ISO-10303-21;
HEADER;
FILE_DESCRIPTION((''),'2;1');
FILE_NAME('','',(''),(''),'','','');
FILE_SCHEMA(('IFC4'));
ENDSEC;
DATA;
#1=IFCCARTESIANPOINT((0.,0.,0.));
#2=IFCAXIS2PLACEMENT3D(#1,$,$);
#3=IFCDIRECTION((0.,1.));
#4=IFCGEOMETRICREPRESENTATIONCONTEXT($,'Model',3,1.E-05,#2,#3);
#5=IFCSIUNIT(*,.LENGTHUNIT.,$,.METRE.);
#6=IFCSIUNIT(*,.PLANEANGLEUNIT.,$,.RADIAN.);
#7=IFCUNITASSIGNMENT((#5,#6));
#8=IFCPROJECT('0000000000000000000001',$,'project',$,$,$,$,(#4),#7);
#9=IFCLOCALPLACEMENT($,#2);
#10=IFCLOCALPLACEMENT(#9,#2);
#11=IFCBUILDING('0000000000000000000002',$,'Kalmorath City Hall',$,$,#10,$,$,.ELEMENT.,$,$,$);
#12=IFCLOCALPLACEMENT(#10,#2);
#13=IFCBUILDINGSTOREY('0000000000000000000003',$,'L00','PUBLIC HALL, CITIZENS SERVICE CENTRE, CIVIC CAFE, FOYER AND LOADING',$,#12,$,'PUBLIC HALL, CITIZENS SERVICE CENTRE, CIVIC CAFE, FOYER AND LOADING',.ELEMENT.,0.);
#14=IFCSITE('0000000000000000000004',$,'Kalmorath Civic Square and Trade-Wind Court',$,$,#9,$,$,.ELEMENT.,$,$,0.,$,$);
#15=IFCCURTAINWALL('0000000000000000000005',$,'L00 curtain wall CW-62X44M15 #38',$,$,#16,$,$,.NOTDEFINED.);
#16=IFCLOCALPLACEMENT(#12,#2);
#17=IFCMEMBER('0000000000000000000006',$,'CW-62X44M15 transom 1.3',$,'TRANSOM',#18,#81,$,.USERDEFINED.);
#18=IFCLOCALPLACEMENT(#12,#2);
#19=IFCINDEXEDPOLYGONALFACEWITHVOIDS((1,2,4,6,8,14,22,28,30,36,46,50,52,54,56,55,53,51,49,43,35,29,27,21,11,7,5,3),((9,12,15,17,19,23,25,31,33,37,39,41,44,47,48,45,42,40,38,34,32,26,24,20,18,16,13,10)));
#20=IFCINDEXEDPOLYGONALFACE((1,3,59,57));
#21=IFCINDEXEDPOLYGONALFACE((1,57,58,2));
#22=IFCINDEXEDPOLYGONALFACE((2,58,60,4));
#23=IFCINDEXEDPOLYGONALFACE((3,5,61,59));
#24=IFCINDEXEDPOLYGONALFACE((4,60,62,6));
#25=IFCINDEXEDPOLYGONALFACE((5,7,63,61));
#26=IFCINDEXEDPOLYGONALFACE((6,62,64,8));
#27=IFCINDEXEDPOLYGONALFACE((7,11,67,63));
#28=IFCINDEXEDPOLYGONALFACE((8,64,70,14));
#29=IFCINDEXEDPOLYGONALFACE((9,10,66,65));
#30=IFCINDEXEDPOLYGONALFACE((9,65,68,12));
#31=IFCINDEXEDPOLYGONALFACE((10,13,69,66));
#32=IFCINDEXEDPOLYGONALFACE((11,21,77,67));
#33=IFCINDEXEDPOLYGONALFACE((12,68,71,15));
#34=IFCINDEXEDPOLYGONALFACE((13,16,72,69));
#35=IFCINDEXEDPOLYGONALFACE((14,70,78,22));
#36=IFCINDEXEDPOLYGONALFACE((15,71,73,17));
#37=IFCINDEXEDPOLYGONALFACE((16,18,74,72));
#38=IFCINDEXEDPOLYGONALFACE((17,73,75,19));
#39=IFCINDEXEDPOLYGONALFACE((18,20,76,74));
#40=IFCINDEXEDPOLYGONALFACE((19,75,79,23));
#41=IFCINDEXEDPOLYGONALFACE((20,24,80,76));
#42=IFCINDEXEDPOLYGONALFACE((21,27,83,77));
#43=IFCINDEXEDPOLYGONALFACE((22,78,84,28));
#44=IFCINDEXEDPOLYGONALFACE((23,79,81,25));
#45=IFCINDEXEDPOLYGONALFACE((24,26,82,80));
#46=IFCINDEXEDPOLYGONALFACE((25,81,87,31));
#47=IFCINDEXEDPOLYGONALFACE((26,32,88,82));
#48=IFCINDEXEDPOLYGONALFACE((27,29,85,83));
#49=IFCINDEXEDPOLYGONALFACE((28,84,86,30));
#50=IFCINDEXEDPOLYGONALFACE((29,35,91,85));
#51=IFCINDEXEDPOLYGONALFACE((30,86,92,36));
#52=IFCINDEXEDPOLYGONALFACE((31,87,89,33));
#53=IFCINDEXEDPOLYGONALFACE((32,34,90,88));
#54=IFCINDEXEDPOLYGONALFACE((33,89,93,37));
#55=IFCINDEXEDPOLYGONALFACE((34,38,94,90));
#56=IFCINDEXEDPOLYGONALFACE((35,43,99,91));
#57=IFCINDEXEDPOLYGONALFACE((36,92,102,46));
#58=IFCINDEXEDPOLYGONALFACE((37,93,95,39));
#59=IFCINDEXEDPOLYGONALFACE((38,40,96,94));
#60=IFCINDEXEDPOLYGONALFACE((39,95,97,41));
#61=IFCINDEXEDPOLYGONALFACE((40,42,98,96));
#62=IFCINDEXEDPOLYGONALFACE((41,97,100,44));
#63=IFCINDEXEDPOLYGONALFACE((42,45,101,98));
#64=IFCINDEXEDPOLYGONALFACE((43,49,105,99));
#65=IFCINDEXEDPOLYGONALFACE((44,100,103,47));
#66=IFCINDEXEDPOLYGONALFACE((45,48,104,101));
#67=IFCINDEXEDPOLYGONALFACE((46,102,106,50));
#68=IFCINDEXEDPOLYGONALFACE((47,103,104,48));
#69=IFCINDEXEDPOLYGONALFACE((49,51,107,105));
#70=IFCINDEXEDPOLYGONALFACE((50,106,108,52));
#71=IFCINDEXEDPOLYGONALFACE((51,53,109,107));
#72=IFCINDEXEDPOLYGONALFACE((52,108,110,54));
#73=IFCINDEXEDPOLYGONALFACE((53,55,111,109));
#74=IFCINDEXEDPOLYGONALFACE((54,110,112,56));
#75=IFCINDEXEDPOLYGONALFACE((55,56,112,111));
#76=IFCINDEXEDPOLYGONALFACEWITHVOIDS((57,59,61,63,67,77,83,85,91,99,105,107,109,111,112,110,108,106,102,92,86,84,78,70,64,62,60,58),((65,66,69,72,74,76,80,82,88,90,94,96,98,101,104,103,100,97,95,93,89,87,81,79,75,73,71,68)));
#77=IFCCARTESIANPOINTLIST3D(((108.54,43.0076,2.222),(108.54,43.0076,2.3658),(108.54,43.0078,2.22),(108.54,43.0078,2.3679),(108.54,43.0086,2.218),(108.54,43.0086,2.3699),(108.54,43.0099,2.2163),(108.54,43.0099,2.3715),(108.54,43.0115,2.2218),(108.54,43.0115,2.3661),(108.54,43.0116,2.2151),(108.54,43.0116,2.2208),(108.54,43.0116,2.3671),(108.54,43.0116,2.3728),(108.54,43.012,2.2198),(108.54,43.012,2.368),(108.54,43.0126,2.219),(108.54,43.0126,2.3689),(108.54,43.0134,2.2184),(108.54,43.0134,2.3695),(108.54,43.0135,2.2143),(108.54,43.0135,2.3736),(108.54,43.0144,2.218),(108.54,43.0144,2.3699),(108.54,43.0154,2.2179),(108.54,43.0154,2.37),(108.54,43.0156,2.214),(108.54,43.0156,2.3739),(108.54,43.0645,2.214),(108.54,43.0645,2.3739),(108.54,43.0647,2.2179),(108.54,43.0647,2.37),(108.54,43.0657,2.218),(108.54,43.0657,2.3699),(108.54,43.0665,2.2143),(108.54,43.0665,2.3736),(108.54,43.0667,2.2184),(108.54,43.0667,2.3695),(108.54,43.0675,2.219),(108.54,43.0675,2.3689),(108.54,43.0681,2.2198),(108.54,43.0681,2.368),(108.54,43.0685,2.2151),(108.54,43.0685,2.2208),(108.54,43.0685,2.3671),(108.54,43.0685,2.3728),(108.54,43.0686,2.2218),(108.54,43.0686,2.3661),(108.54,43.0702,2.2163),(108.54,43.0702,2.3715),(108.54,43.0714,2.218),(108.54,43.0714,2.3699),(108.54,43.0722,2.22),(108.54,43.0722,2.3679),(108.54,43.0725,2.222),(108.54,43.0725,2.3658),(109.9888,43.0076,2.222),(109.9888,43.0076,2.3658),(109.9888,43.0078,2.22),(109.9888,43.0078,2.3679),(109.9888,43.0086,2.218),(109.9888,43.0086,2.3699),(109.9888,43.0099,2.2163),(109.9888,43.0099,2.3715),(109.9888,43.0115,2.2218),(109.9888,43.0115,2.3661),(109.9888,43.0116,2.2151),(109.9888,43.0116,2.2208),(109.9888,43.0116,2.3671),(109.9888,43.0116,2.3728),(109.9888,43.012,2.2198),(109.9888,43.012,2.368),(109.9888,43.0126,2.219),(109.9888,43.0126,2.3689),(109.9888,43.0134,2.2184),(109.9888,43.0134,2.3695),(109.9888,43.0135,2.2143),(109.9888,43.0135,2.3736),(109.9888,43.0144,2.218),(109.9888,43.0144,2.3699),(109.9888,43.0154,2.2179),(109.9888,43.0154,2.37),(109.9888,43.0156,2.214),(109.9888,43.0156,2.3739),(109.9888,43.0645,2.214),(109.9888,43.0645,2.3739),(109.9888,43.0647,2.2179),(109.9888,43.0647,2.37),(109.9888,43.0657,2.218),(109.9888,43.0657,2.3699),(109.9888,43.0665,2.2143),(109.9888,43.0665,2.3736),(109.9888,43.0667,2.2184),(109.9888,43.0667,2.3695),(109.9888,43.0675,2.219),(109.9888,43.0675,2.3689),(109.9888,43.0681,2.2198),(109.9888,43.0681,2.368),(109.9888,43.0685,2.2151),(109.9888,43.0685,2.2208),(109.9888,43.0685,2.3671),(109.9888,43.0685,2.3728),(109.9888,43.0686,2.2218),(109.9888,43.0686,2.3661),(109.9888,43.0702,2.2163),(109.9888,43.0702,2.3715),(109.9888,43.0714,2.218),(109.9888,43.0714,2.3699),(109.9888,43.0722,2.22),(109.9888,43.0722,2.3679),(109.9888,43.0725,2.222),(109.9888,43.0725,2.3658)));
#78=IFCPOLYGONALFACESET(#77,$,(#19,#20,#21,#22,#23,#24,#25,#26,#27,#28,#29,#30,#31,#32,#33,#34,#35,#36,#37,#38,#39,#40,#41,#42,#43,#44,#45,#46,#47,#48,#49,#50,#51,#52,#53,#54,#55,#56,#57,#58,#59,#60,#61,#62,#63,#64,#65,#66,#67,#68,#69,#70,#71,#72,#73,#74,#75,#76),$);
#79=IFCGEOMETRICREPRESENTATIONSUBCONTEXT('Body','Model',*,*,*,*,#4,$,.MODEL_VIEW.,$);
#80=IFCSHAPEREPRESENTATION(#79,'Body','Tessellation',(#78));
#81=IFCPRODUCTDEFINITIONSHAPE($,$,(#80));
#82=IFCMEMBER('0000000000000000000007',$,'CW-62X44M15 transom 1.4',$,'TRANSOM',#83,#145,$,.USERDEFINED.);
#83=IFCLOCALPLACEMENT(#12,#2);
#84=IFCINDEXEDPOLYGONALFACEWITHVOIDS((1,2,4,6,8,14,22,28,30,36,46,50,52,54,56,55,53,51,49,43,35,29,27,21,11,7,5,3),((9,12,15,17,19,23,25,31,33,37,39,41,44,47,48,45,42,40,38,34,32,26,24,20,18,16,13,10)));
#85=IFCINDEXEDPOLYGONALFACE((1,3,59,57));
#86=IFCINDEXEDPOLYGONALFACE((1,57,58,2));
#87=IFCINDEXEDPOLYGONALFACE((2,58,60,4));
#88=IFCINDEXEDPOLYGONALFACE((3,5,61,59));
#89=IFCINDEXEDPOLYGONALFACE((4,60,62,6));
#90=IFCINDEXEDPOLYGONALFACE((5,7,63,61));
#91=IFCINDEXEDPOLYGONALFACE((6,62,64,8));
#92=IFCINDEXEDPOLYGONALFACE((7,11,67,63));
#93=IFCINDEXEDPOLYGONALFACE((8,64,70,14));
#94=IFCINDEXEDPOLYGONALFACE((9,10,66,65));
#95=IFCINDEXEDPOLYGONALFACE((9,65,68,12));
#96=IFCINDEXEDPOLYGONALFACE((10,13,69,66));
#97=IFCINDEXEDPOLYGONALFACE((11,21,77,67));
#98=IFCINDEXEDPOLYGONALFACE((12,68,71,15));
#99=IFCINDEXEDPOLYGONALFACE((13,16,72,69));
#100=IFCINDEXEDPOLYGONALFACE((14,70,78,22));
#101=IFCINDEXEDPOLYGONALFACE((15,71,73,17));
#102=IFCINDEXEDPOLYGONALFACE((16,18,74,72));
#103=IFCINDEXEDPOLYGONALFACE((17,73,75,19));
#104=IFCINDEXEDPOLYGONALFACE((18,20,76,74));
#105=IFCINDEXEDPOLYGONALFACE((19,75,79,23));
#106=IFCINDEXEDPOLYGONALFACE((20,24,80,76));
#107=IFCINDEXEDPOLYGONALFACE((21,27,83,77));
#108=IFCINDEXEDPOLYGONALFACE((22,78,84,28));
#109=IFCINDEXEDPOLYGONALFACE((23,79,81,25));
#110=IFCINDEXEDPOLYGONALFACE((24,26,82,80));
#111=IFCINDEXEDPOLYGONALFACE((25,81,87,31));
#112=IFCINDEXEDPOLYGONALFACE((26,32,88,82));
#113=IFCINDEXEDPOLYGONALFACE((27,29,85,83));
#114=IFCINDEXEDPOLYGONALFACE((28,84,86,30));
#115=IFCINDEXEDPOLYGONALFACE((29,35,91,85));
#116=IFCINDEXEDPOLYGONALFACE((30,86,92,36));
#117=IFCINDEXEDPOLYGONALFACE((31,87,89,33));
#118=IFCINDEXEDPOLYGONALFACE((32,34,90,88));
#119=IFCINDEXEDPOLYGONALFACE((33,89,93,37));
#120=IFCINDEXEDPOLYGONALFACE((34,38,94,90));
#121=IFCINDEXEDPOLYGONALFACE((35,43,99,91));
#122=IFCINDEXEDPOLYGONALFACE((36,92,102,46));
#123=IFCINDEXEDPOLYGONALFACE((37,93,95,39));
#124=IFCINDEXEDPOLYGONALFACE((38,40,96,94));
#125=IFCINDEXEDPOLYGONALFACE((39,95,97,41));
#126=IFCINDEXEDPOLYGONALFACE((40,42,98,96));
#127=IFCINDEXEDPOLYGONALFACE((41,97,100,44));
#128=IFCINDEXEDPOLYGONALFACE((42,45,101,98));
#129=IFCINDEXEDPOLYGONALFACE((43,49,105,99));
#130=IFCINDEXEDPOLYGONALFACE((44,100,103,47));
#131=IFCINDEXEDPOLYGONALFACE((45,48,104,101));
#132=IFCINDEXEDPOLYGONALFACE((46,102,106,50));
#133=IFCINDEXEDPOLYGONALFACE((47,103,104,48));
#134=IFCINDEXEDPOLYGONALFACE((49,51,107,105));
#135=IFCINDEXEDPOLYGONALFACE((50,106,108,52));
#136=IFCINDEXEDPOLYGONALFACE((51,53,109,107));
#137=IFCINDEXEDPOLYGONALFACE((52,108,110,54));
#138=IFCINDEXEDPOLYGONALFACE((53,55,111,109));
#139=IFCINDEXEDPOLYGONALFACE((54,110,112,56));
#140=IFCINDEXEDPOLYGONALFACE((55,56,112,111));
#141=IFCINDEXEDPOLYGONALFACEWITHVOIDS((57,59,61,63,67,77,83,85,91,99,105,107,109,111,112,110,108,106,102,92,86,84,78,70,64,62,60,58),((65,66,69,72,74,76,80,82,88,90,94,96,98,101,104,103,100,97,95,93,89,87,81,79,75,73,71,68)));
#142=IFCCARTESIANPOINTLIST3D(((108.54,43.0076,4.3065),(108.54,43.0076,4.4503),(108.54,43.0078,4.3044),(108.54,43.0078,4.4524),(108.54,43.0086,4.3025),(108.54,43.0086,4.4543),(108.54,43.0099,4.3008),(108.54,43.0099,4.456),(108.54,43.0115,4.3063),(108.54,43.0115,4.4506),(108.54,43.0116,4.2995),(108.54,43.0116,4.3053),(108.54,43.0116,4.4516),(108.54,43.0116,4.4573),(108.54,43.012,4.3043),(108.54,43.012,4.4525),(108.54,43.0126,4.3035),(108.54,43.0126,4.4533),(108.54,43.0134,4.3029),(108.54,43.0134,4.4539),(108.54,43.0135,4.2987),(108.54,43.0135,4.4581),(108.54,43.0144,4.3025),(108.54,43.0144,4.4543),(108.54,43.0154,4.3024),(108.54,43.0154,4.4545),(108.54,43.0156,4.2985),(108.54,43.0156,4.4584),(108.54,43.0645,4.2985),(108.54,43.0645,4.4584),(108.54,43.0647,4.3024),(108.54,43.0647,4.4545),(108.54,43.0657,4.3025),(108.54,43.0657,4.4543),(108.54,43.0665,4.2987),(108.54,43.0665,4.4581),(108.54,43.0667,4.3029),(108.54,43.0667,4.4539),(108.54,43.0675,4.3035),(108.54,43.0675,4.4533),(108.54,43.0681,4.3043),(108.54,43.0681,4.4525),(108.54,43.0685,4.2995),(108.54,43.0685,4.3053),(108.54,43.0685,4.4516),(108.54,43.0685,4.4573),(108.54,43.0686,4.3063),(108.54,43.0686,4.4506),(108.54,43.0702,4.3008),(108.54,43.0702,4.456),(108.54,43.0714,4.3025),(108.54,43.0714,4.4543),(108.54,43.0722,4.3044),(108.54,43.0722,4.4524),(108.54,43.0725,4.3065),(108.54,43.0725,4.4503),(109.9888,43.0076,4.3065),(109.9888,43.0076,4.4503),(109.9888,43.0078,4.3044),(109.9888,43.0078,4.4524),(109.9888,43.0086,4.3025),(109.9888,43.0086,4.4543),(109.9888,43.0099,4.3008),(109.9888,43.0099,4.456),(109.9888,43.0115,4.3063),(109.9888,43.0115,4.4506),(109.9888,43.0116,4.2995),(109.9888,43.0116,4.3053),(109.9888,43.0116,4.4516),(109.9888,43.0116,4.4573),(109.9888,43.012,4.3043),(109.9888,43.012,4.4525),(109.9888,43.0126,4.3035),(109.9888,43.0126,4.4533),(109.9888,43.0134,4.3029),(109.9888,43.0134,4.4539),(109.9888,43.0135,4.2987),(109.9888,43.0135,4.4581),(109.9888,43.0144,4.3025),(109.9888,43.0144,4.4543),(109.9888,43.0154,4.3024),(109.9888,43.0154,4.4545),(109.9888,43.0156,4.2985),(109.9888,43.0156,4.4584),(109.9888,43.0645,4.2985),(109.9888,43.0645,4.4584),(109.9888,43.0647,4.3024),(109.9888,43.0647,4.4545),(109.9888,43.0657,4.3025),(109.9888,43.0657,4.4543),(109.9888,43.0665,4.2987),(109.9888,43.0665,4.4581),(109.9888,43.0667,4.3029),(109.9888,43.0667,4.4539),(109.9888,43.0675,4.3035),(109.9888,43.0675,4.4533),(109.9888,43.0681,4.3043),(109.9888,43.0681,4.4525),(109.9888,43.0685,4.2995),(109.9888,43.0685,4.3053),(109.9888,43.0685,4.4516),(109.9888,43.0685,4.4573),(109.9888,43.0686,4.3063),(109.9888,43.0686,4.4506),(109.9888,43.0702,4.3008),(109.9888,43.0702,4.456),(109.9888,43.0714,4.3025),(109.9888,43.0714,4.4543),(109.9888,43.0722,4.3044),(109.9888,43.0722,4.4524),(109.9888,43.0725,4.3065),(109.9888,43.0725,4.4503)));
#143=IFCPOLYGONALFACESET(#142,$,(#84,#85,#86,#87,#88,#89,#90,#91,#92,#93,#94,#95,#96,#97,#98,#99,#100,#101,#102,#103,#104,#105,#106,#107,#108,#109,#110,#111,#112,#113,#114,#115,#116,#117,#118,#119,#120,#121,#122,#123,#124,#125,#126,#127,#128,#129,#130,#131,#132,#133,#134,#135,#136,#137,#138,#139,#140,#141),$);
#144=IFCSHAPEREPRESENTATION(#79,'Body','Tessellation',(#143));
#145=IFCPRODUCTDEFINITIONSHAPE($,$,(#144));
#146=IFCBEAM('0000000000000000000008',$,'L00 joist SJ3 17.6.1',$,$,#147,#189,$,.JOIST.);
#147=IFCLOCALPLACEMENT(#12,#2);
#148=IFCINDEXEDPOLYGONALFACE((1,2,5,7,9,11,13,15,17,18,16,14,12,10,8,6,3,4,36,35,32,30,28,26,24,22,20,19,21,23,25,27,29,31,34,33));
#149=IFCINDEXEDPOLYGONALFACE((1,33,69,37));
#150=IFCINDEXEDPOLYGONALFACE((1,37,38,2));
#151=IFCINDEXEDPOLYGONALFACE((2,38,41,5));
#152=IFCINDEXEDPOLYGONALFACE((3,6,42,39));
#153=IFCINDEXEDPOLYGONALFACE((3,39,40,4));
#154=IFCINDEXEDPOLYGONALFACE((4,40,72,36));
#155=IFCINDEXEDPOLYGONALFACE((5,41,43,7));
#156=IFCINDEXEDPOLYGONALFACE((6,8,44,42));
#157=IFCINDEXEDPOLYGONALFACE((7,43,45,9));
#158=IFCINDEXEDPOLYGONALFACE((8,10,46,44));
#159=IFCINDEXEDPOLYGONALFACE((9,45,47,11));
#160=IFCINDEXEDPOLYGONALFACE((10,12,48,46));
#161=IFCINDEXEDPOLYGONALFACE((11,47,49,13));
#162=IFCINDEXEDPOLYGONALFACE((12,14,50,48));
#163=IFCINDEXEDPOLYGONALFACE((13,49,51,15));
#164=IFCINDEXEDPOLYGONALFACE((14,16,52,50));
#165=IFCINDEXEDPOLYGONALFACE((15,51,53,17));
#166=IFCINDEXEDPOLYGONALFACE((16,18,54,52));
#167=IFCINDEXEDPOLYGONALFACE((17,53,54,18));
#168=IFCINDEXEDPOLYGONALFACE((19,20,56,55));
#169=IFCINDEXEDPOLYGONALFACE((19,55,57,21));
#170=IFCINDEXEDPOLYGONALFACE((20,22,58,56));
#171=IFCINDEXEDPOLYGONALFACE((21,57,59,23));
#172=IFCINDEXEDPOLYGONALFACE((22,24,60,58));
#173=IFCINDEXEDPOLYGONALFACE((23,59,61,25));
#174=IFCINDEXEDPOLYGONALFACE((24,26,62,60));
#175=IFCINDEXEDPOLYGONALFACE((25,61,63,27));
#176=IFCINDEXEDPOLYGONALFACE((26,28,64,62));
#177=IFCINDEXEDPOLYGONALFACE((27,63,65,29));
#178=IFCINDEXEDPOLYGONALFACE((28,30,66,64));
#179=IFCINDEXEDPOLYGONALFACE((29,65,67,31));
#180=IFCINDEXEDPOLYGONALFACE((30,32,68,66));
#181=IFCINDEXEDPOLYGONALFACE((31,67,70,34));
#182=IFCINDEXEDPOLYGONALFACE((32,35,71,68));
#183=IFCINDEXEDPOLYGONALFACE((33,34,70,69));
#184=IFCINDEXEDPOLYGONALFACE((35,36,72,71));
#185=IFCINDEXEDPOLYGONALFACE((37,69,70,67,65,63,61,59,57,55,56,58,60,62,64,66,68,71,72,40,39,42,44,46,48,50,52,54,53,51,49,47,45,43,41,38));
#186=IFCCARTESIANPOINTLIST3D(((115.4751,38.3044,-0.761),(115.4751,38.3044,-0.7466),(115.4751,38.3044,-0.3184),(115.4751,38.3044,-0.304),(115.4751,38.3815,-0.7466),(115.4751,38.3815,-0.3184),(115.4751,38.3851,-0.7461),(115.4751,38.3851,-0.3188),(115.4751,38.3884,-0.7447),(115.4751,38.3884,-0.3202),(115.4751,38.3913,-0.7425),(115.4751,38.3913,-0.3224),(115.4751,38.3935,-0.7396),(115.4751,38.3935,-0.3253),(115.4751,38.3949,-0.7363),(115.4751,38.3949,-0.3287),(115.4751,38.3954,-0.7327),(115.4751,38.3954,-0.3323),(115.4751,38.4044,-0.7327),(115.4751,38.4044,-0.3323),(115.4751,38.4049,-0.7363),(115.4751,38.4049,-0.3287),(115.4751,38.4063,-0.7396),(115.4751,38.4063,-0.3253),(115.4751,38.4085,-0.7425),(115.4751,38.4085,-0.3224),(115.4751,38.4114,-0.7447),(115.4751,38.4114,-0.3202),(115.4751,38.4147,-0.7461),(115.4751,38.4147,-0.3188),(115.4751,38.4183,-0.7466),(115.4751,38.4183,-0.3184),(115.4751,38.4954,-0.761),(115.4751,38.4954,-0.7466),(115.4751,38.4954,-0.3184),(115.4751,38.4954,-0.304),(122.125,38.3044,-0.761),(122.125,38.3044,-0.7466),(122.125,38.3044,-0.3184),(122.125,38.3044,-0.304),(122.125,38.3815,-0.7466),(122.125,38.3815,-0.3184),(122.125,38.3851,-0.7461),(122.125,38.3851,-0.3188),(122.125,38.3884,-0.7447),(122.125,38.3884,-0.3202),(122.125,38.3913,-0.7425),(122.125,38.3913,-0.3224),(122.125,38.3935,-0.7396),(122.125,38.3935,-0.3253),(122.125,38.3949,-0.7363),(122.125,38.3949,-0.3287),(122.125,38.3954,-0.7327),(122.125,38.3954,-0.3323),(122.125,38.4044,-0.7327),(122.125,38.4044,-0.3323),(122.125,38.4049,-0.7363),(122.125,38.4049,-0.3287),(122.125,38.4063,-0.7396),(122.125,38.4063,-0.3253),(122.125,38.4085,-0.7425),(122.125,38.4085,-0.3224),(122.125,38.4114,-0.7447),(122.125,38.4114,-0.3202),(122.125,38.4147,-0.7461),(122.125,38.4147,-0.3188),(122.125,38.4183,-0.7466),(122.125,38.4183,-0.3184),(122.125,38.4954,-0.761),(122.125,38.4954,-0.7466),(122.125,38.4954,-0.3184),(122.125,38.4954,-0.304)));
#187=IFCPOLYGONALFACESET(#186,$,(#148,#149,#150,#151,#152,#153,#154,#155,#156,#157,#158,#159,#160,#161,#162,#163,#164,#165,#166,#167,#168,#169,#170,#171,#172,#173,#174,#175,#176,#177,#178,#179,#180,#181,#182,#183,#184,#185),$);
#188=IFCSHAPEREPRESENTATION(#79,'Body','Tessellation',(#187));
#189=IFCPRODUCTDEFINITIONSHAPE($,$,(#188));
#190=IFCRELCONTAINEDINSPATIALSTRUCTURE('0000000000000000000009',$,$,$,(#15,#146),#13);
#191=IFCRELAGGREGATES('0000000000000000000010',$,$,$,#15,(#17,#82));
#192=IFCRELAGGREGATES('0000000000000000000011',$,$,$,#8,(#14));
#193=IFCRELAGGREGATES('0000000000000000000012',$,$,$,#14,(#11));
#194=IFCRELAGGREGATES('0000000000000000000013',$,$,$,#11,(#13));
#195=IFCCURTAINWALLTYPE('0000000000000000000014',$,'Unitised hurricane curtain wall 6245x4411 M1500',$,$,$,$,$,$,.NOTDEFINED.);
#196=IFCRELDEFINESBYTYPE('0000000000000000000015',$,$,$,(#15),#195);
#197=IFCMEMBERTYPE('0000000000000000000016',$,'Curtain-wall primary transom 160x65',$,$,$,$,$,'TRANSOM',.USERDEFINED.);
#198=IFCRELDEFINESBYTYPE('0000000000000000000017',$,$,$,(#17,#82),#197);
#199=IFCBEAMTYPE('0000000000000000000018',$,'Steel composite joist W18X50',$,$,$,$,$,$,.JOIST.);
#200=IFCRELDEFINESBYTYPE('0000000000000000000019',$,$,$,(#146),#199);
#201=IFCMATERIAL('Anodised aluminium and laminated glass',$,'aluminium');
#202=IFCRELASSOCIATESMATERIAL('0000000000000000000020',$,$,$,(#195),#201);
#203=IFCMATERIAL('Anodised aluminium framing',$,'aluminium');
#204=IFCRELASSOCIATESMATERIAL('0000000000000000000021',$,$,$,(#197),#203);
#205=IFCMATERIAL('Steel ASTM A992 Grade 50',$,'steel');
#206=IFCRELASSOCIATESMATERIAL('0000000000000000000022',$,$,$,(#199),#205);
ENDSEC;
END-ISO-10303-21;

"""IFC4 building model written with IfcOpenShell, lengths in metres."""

from ifc_helpers import new_model, si_unit, direction, frame, origin, origin_2d, place, context, subcontext, project, spatial, hollow_rectangle, i_section, extrude, material, material_profile, profile_set, type_object, element, aggregate, save


model = new_model("IFC4")

# Units and contexts
model_context = context("Model", 3, precision=1e-05, world=origin(), true_north=direction((0.0, 1.0)))
body_context = subcontext(model_context, "Body", "Model", "MODEL_VIEW")
ifc_project = project(units=[si_unit("LENGTHUNIT", "METRE"), si_unit("PLANEANGLEUNIT", "RADIAN")], contexts=[model_context])

# Site, building, storey
site_placement = place(None, origin())
site = spatial("IfcSite", under=ifc_project, at=site_placement, Name="Kalmorath Civic Square and Trade-Wind Court", CompositionType="ELEMENT", RefElevation=0.0)
building_placement = place(site_placement, origin())
building = spatial("IfcBuilding", under=site, at=building_placement, Name="Kalmorath City Hall", CompositionType="ELEMENT")
storey_placement = place(building_placement, origin())
storey = spatial("IfcBuildingStorey", under=building, at=storey_placement, Name="L00", Description="PUBLIC HALL, CITIZENS SERVICE CENTRE, CIVIC CAFE, FOYER AND LOADING", LongName="PUBLIC HALL, CITIZENS SERVICE CENTRE, CIVIC CAFE, FOYER AND LOADING", CompositionType="ELEMENT", Elevation=0.0)

# Curtain wall
ifc_material_1 = material(Name="Anodised aluminium and laminated glass", Category="aluminium")
curtain_wall_type_1 = type_object("IfcCurtainWallType", Name="Unitised hurricane curtain wall 6245x4411 M1500", PredefinedType="NOTDEFINED", material=ifc_material_1)
curtain_wall_1_placement = place(storey_placement, origin())
curtain_wall_1 = element("IfcCurtainWall", 1, at=curtain_wall_1_placement, inside=storey, type_object=curtain_wall_type_1, Name="L00 curtain wall CW-62X44M15 #38", PredefinedType="NOTDEFINED")

# Members
ifc_material_2 = material(Name="Anodised aluminium framing", Category="aluminium")
ifc_material_profile_1 = material_profile(ifc_material_2, hollow_rectangle(XDim=0.0649, YDim=0.1599, WallThickness=0.0039, InnerFilletRadius=0.0039, OuterFilletRadius=0.0081, at=origin_2d()), Name="ALU-TRN-160X65X4")
ifc_profile_set_1 = profile_set([ifc_material_profile_1], Name="Anodised aluminium framing")
member_type_1 = type_object("IfcMemberType", Name="Curtain-wall primary transom 160x65", ElementType="TRANSOM", PredefinedType="USERDEFINED", material=ifc_profile_set_1)
member_1_placement = place(storey_placement, frame((108.54, 43.04, 2.2939), z_axis=(1.0, 0.0, 0.0), x_axis=(0.0, 1.0, 0.0)))
member_1 = element("IfcMember", 2, at=member_1_placement, type_object=member_type_1, Name="CW-62X44M15 transom 1.3", ObjectType="TRANSOM", PredefinedType="USERDEFINED", context=body_context, shape_type="SweptSolid", body=[
    extrude(hollow_rectangle(XDim=0.0649, YDim=0.1599, WallThickness=0.0039, InnerFilletRadius=0.0039, OuterFilletRadius=0.0081, at=origin_2d()), origin(), (0.0, 0.0, 1.0), 1.4487),
])
member_2_placement = place(storey_placement, frame((108.54, 43.04, 4.3784), z_axis=(1.0, 0.0, 0.0), x_axis=(0.0, 1.0, 0.0)))
member_2 = element("IfcMember", 3, at=member_2_placement, type_object=member_type_1, Name="CW-62X44M15 transom 1.4", ObjectType="TRANSOM", PredefinedType="USERDEFINED", context=body_context, shape_type="SweptSolid", body=[
    extrude(hollow_rectangle(XDim=0.0649, YDim=0.1599, WallThickness=0.0039, InnerFilletRadius=0.0039, OuterFilletRadius=0.0081, at=origin_2d()), origin(), (0.0, 0.0, 1.0), 1.4487),
])

# Beam
ifc_material_3 = material(Name="Steel ASTM A992 Grade 50", Category="steel")
ifc_material_profile_2 = material_profile(ifc_material_3, i_section(OverallWidth=0.1909, OverallDepth=0.457, WebThickness=0.009, FlangeThickness=0.0144, FilletRadius=0.0139, at=origin_2d()), Name="W18X50")
ifc_profile_set_2 = profile_set([ifc_material_profile_2], Name="Steel ASTM A992 Grade 50")
beam_type_1 = type_object("IfcBeamType", Name="Steel composite joist W18X50", PredefinedType="JOIST", material=ifc_profile_set_2)
for number, where, z_axis, x_axis, name in (
    (4, (115.4751, 38.3999, -0.5325), (1.0, 0.0, 0.0), (0.0, 1.0, 0.0), "L00 joist SJ3 17.6.1"),
):
    element("IfcBeam", number, at=place(storey_placement, frame(where, z_axis=z_axis, x_axis=x_axis)), inside=storey, type_object=beam_type_1, Name=name, PredefinedType="JOIST", context=body_context, shape_type="SweptSolid", body=[
        extrude(i_section(OverallWidth=0.1909, OverallDepth=0.457, WebThickness=0.009, FlangeThickness=0.0144, FilletRadius=0.0139, at=origin_2d()), origin(), (0.0, 0.0, 1.0), 6.6499),
    ])

aggregate(curtain_wall_1, [member_1, member_2])

save(model, "model.ifc")
